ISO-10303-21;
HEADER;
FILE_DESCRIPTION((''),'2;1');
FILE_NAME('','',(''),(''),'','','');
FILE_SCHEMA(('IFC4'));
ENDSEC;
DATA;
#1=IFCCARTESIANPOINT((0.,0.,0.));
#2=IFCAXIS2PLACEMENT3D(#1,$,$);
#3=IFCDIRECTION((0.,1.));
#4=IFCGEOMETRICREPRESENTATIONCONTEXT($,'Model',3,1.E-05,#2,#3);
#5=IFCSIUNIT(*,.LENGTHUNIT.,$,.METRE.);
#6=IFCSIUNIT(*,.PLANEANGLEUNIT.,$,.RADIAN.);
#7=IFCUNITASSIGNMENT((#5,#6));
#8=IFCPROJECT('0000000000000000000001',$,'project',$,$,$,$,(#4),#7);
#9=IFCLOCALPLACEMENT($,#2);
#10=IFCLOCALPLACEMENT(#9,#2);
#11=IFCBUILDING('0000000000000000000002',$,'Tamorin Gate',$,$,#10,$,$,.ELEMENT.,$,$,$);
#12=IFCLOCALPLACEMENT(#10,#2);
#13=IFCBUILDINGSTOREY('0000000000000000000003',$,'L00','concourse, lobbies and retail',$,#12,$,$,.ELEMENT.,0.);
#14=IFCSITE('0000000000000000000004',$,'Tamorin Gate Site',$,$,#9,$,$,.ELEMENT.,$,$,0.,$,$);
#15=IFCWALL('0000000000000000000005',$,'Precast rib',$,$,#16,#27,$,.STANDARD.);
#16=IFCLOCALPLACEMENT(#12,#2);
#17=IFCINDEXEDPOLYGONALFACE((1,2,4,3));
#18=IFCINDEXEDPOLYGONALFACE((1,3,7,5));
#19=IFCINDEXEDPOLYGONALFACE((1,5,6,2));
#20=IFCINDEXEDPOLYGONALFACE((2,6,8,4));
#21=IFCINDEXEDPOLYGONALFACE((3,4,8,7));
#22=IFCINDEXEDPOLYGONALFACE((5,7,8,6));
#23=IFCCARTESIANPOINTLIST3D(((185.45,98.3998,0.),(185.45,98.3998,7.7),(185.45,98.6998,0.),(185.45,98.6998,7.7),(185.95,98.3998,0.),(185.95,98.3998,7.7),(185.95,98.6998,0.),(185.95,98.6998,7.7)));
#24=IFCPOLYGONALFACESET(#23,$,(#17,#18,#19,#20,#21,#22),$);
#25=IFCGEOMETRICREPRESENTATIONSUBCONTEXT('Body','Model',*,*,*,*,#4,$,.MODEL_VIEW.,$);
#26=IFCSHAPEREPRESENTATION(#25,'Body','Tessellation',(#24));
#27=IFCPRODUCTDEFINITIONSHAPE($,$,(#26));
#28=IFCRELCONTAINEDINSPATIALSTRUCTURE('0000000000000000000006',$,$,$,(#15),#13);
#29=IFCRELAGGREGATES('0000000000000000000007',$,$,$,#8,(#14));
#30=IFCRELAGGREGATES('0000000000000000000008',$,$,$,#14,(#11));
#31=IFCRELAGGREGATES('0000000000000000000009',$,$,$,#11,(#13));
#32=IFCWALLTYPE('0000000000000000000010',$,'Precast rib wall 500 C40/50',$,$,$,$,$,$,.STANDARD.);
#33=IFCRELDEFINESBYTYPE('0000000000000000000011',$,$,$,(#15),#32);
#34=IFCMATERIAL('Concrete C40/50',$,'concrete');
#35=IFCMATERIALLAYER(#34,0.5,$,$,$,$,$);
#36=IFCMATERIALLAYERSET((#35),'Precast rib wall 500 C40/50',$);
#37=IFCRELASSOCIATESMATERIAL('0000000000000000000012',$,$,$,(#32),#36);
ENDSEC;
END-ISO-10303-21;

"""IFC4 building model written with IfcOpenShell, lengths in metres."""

from ifc_helpers import new_model, si_unit, direction, frame, frame_2d, origin, place, context, subcontext, project, spatial, rectangle, extrude, material, layer, layer_set, type_object, element, save


model = new_model("IFC4")

# Units and contexts
model_context = context("Model", 3, precision=1e-05, world=origin(), true_north=direction((0.0, 1.0)))
body_context = subcontext(model_context, "Body", "Model", "MODEL_VIEW")
ifc_project = project(units=[si_unit("LENGTHUNIT", "METRE"), si_unit("PLANEANGLEUNIT", "RADIAN")], contexts=[model_context])

# Site, building, storey
site_placement = place(None, origin())
site = spatial("IfcSite", under=ifc_project, at=site_placement, Name="Tamorin Gate Site", CompositionType="ELEMENT", RefElevation=0.0)
building_placement = place(site_placement, origin())
building = spatial("IfcBuilding", under=site, at=building_placement, Name="Tamorin Gate", CompositionType="ELEMENT")
storey_placement = place(building_placement, origin())
storey = spatial("IfcBuildingStorey", under=building, at=storey_placement, Name="L00", Description="concourse, lobbies and retail", CompositionType="ELEMENT", Elevation=0.0)

# Wall
ifc_material_1 = material(Name="Concrete C40/50", Category="concrete")
ifc_layer_1 = layer(ifc_material_1, 0.5)
ifc_layer_set_1 = layer_set([ifc_layer_1], Name="Precast rib wall 500 C40/50")
wall_type_1 = type_object("IfcWallType", Name="Precast rib wall 500 C40/50", PredefinedType="STANDARD", material=ifc_layer_set_1)
for number, where, z_axis, x_axis, name in (
    (1, (185.7, 98.3999, 0.0), (0.0, 0.0, 1.0), (0.0, 1.0, 0.0), "Precast rib"),
):
    element("IfcWall", number, at=place(storey_placement, frame(where, z_axis=z_axis, x_axis=x_axis)), inside=storey, type_object=wall_type_1, Name=name, PredefinedType="STANDARD", context=body_context, shape_type="SweptSolid", body=[
        extrude(rectangle(XDim=0.3, YDim=0.5, at=frame_2d((0.1499, 0.0))), origin(), (0.0, 0.0, 1.0), 7.7),
    ])

save(model, "model.ifc")
